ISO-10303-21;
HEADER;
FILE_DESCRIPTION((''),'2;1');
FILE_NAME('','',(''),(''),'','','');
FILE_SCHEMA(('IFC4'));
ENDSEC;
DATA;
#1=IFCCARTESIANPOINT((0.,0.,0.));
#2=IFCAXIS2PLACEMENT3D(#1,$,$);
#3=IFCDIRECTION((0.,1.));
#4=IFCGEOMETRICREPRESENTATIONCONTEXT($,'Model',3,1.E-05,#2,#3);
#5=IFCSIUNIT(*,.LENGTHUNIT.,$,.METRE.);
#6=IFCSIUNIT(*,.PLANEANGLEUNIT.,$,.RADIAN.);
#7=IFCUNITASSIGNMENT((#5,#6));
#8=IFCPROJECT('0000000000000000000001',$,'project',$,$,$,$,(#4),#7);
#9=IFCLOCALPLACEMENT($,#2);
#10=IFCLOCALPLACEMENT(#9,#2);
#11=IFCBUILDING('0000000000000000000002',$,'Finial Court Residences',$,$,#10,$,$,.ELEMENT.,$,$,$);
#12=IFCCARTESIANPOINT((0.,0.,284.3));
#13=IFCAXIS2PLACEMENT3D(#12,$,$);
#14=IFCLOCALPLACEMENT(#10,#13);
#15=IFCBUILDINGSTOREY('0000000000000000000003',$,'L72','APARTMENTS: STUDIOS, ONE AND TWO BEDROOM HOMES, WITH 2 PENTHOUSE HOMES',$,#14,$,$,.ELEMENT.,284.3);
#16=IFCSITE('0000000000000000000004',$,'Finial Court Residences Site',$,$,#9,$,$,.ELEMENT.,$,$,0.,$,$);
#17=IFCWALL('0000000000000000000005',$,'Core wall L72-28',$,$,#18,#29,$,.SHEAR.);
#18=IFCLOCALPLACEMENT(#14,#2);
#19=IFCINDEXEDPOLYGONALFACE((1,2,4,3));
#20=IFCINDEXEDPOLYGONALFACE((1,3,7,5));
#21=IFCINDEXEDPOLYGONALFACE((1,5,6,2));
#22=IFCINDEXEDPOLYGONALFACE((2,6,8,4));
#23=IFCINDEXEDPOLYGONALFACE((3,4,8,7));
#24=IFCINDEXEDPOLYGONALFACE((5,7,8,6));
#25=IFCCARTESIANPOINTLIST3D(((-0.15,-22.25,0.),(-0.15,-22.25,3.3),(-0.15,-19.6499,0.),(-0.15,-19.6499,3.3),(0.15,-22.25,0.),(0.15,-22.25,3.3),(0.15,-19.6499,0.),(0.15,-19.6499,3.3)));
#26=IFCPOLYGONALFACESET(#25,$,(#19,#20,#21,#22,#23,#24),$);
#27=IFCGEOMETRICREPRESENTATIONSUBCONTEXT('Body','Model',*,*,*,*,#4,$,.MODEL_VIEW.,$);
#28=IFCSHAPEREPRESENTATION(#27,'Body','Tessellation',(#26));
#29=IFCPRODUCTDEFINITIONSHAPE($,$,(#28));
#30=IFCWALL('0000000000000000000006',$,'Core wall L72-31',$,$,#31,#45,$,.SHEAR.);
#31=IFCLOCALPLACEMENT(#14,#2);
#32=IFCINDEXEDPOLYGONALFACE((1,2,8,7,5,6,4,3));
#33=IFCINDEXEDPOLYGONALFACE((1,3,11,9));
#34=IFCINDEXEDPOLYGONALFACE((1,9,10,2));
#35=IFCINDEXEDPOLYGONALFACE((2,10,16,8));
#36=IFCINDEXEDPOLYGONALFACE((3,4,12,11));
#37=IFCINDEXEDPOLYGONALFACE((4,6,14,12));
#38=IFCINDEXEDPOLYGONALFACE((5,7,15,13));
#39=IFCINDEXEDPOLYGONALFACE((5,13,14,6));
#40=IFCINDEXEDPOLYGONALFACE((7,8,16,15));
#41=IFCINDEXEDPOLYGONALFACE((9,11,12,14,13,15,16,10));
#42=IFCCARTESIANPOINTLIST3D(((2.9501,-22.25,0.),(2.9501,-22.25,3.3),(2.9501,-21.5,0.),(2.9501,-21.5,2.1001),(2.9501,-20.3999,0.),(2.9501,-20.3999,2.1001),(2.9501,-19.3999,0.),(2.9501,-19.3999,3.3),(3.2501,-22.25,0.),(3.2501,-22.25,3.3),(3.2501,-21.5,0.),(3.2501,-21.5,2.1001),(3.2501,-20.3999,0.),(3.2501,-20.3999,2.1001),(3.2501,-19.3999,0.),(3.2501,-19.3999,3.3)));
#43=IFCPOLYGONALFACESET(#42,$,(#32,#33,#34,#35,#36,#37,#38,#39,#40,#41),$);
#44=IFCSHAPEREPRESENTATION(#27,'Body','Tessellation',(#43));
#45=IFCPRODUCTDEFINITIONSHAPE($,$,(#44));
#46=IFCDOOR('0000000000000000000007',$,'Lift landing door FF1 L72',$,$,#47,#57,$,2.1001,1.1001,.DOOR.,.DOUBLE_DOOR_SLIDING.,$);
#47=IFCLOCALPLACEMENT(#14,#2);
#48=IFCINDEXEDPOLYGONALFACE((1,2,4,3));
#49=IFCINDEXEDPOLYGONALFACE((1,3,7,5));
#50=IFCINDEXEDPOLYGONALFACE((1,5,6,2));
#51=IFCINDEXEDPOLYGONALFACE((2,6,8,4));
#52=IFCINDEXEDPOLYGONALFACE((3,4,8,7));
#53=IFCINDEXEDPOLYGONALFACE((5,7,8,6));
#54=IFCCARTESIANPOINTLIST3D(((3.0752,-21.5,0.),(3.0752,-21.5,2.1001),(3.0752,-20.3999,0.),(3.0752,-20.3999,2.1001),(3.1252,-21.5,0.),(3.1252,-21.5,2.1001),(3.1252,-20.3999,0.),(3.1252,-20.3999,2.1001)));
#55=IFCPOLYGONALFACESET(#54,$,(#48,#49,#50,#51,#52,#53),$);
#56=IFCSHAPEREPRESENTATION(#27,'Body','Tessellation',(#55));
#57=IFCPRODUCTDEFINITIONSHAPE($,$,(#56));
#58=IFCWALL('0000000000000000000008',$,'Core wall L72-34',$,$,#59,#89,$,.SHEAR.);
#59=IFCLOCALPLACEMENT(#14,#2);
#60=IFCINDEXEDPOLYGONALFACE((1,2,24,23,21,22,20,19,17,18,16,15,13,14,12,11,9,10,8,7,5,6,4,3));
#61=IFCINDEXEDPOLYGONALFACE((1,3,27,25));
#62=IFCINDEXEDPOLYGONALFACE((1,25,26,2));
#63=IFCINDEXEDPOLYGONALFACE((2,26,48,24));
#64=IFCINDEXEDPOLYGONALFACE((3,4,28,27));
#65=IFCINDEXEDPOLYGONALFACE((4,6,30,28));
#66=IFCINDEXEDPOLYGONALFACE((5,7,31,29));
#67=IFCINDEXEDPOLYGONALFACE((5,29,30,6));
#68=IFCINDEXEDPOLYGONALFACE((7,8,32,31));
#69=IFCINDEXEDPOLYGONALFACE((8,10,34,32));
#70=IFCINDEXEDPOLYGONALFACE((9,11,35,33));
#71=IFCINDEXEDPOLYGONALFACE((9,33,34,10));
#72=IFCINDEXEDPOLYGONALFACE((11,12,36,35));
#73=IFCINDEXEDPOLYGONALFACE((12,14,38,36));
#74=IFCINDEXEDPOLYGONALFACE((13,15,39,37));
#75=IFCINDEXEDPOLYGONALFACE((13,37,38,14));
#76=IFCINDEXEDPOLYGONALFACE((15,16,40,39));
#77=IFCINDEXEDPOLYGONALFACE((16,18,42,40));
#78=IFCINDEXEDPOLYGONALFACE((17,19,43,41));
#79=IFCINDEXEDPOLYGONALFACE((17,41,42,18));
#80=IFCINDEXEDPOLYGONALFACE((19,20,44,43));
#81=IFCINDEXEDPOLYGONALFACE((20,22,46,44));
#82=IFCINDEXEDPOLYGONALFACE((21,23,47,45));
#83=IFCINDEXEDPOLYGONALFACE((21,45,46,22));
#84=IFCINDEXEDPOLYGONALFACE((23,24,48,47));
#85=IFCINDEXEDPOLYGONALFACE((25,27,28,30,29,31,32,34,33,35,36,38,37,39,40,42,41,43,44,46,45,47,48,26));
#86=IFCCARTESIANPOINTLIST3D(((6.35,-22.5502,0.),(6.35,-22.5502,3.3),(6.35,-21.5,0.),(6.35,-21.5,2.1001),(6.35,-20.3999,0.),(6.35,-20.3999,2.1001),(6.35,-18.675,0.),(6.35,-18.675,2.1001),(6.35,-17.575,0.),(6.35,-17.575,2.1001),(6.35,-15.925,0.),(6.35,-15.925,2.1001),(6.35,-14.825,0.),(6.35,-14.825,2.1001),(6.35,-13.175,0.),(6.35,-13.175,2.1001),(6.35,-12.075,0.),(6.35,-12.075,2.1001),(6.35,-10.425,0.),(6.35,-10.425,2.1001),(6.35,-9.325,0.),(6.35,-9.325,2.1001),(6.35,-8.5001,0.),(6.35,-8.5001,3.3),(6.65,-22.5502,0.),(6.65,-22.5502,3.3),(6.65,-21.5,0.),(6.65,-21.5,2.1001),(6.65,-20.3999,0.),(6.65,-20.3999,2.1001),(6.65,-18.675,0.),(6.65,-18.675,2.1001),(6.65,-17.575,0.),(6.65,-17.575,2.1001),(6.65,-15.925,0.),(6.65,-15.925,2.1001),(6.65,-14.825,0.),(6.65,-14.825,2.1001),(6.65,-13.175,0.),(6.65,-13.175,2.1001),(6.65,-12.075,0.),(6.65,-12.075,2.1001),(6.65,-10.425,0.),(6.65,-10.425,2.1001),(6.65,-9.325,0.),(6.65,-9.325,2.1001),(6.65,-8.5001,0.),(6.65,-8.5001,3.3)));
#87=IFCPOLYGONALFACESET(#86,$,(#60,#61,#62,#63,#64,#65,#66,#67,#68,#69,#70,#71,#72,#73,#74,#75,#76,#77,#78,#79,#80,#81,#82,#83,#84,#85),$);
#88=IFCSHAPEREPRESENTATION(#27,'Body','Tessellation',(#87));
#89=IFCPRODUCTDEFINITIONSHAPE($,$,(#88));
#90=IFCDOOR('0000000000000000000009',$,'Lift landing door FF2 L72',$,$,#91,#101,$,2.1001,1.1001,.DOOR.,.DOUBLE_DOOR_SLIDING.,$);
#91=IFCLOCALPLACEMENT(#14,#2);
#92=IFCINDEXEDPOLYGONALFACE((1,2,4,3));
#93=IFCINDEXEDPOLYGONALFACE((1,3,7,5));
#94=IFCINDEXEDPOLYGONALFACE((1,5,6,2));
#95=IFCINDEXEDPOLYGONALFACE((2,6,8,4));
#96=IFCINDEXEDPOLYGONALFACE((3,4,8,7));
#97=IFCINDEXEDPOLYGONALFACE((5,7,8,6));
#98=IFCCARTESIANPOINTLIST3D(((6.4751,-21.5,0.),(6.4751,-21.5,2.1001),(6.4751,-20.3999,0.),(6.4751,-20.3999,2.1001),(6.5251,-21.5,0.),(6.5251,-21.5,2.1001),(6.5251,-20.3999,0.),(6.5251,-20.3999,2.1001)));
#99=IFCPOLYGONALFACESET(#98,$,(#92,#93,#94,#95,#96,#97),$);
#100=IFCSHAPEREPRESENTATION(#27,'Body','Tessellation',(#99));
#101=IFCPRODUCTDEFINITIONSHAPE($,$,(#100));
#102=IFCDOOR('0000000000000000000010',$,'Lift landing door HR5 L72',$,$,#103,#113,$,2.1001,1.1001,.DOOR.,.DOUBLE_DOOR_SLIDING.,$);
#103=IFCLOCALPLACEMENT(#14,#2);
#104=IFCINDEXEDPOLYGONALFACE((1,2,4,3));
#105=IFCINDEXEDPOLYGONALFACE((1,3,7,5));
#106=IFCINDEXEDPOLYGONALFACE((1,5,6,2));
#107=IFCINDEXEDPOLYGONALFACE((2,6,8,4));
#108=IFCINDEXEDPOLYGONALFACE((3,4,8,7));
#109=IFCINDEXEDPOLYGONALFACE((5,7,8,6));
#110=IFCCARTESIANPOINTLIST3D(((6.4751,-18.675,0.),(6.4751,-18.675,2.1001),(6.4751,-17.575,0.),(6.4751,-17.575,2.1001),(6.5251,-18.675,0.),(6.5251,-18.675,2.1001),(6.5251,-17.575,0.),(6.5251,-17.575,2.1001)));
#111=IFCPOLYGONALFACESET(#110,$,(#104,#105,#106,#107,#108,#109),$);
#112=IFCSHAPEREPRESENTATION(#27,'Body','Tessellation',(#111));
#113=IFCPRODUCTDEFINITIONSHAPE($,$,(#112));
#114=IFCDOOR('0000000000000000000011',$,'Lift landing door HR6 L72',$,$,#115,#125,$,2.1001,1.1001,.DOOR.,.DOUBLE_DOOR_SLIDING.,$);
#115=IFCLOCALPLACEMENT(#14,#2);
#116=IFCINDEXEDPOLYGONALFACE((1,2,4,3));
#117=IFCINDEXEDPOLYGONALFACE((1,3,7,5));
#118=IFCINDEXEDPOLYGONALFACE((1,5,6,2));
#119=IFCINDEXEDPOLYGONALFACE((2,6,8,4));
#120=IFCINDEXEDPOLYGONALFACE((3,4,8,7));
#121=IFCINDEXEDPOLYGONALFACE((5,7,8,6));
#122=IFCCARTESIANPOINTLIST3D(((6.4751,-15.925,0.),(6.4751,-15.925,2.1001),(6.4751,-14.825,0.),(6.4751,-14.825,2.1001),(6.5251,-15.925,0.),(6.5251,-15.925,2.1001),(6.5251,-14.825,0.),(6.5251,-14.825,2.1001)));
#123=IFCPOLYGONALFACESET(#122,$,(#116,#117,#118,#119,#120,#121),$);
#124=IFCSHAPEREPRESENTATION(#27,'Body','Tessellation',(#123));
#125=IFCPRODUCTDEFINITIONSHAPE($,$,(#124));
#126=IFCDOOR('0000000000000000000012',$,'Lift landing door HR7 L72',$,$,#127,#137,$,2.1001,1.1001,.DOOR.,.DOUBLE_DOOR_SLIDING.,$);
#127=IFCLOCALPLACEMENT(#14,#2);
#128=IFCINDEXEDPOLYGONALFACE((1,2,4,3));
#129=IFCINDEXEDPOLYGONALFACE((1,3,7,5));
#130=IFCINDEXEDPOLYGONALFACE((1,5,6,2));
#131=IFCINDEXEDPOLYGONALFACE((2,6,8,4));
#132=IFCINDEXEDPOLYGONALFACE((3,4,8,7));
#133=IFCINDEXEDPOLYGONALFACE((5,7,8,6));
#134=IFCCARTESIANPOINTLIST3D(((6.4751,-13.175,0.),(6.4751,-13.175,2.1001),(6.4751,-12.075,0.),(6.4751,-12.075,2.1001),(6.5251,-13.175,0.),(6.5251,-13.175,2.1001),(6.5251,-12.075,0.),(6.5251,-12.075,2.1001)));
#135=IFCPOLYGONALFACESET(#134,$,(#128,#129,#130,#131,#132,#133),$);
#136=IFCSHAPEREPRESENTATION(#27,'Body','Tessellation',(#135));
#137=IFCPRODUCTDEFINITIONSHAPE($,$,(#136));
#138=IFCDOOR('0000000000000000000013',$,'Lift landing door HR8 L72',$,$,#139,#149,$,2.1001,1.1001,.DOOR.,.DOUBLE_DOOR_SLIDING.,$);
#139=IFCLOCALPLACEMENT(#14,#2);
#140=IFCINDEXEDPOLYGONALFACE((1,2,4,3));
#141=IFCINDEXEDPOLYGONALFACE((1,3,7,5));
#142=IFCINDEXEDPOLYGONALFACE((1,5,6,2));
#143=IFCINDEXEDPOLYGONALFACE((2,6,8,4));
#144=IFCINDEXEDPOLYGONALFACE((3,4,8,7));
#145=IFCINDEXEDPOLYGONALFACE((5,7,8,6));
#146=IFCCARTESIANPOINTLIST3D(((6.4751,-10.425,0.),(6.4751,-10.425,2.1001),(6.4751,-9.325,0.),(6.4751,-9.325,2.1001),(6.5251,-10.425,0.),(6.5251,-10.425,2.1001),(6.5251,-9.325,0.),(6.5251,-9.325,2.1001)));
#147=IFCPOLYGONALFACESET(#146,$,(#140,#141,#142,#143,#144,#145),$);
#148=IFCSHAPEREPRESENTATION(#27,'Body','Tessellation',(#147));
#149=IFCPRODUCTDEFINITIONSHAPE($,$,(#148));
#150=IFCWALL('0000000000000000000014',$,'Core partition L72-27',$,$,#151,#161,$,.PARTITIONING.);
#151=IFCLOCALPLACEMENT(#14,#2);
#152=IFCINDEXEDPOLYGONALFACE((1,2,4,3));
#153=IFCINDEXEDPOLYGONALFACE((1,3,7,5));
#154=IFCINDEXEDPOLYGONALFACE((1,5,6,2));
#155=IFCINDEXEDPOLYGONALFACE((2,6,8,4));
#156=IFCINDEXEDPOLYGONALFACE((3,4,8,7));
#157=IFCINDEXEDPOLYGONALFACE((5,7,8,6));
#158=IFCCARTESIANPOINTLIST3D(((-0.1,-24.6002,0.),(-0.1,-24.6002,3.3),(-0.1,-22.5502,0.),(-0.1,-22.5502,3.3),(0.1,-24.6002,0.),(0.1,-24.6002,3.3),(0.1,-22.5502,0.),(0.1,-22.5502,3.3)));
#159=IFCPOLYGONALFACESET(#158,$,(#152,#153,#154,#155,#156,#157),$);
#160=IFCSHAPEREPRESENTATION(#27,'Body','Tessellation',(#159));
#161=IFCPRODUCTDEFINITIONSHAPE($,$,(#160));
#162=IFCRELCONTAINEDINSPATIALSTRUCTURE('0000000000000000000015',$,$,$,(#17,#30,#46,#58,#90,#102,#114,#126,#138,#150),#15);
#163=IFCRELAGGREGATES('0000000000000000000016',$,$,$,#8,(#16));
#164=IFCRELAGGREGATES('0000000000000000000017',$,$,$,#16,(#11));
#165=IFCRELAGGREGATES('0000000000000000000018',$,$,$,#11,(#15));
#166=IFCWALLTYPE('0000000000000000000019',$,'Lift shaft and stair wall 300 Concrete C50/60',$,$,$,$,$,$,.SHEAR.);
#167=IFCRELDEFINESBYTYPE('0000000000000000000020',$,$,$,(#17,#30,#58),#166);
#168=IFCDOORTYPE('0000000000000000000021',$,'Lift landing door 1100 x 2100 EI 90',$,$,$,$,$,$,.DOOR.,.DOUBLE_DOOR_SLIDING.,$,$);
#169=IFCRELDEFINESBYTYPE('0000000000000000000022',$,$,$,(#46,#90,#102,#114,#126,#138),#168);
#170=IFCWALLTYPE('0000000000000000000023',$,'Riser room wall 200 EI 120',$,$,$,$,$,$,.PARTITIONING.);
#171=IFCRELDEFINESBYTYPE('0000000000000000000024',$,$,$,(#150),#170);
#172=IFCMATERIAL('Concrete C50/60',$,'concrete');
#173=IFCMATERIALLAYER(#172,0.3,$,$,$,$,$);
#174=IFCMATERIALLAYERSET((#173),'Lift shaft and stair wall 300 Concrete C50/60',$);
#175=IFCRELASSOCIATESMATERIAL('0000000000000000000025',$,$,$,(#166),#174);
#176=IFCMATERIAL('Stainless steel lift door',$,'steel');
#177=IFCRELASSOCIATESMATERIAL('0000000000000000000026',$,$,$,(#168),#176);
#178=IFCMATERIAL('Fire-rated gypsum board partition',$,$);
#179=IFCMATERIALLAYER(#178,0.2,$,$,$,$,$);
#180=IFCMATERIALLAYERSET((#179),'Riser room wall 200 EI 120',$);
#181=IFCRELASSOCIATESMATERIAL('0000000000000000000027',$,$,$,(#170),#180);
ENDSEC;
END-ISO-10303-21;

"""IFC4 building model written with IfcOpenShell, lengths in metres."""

from ifc_helpers import new_model, si_unit, direction, frame, frame_2d, origin, place, context, subcontext, project, spatial, rectangle, extrude, material, layer, layer_set, type_object, element, fill, save


model = new_model("IFC4")

# Units and contexts
model_context = context("Model", 3, precision=1e-05, world=origin(), true_north=direction((0.0, 1.0)))
body_context = subcontext(model_context, "Body", "Model", "MODEL_VIEW")
ifc_project = project(units=[si_unit("LENGTHUNIT", "METRE"), si_unit("PLANEANGLEUNIT", "RADIAN")], contexts=[model_context])

# Site, building, storey
site_placement = place(None, origin())
site = spatial("IfcSite", under=ifc_project, at=site_placement, Name="Finial Court Residences Site", CompositionType="ELEMENT", RefElevation=0.0)
building_placement = place(site_placement, origin())
building = spatial("IfcBuilding", under=site, at=building_placement, Name="Finial Court Residences", CompositionType="ELEMENT")
storey_placement = place(building_placement, frame((0.0, 0.0, 284.3)))
storey = spatial("IfcBuildingStorey", under=building, at=storey_placement, Name="L72", Description="APARTMENTS: STUDIOS, ONE AND TWO BEDROOM HOMES, WITH 2 PENTHOUSE HOMES", CompositionType="ELEMENT", Elevation=284.3)

# Shared definitions
ifc_material_1 = material(Name="Fire-rated gypsum board partition")

# Wall
ifc_material_2 = material(Name="Concrete C50/60", Category="concrete")
ifc_layer_1 = layer(ifc_material_2, 0.3)
ifc_layer_set_1 = layer_set([ifc_layer_1], Name="Lift shaft and stair wall 300 Concrete C50/60")
wall_type_1 = type_object("IfcWallType", Name="Lift shaft and stair wall 300 Concrete C50/60", PredefinedType="SHEAR", material=ifc_layer_set_1)
wall_1_placement = place(storey_placement, frame((0.0, -22.25, 0.0), z_axis=(0.0, 0.0, 1.0), x_axis=(0.0, 1.0, 0.0)))
element("IfcWall", 1, at=wall_1_placement, inside=storey, type_object=wall_type_1, Name="Core wall L72-28", PredefinedType="SHEAR", context=body_context, shape_type="SweptSolid", body=[
    extrude(rectangle(XDim=2.6001, YDim=0.3, at=frame_2d((1.3, 0.0))), origin(), (0.0, 0.0, 1.0), 3.3),
])

# Wall, opening, door
wall_2_placement = place(storey_placement, frame((3.1001, -22.25, 0.0), z_axis=(0.0, 0.0, 1.0), x_axis=(0.0, 1.0, 0.0)))
wall_2 = element("IfcWall", 2, at=wall_2_placement, inside=storey, type_object=wall_type_1, Name="Core wall L72-31", PredefinedType="SHEAR", context=body_context, shape_type="SweptSolid", body=[
    extrude(rectangle(XDim=2.8501, YDim=0.3, at=frame_2d((1.425, 0.0))), origin(), (0.0, 0.0, 1.0), 3.3),
])
opening_1_placement = place(wall_2_placement, frame((0.75, 0.0, 0.0)))
opening_1 = element("IfcOpeningElement", 3, at=opening_1_placement, cuts=wall_2, PredefinedType="OPENING", context=body_context, shape_type="SweptSolid", body=[
    extrude(rectangle(XDim=1.1001, YDim=2.1001, at=frame_2d((0.55, 1.05))), frame((0.0, 0.1599, 0.0), z_axis=(0.0, -1.0, 0.0), x_axis=(1.0, 0.0, 0.0)), (0.0, 0.0, 1.0), 0.3201),
])
ifc_material_3 = material(Name="Stainless steel lift door", Category="steel")
door_type_1 = type_object("IfcDoorType", Name="Lift landing door 1100 x 2100 EI 90", OperationType="DOUBLE_DOOR_SLIDING", PredefinedType="DOOR", material=ifc_material_3)
door_1_placement = place(opening_1_placement, origin())
door_1 = element("IfcDoor", 4, at=door_1_placement, inside=storey, type_object=door_type_1, Name="Lift landing door FF1 L72", OperationType="DOUBLE_DOOR_SLIDING", OverallHeight=2.1001, OverallWidth=1.1001, PredefinedType="DOOR", context=body_context, shape_type="SweptSolid", body=[
    extrude(rectangle(XDim=1.1001, YDim=2.1001, at=frame_2d((0.55, 1.05))), frame((0.0, 0.0249, 0.0), z_axis=(0.0, -1.0, 0.0), x_axis=(1.0, 0.0, 0.0)), (0.0, 0.0, 1.0), 0.05),
])
fill(opening_1, door_1)

# Wall, openings, doors
wall_3_placement = place(storey_placement, frame((6.5, -22.55, 0.0), z_axis=(0.0, 0.0, 1.0), x_axis=(0.0, 1.0, 0.0)))
wall_3 = element("IfcWall", 5, at=wall_3_placement, inside=storey, type_object=wall_type_1, Name="Core wall L72-34", PredefinedType="SHEAR", context=body_context, shape_type="SweptSolid", body=[
    extrude(rectangle(XDim=14.05, YDim=0.3, at=frame_2d((7.0249, 0.0))), origin(), (0.0, 0.0, 1.0), 3.3),
])
opening_2_placement = place(wall_3_placement, frame((1.05, 0.0, 0.0)))
opening_2 = element("IfcOpeningElement", 6, at=opening_2_placement, cuts=wall_3, PredefinedType="OPENING", context=body_context, shape_type="SweptSolid", body=[
    extrude(rectangle(XDim=1.1001, YDim=2.1001, at=frame_2d((0.55, 1.05))), frame((0.0, 0.1599, 0.0), z_axis=(0.0, -1.0, 0.0), x_axis=(1.0, 0.0, 0.0)), (0.0, 0.0, 1.0), 0.3201),
])
opening_3_placement = place(wall_3_placement, frame((3.875, 0.0, 0.0)))
opening_3 = element("IfcOpeningElement", 7, at=opening_3_placement, cuts=wall_3, PredefinedType="OPENING", context=body_context, shape_type="SweptSolid", body=[
    extrude(rectangle(XDim=1.1001, YDim=2.1001, at=frame_2d((0.55, 1.05))), frame((0.0, 0.1599, 0.0), z_axis=(0.0, -1.0, 0.0), x_axis=(1.0, 0.0, 0.0)), (0.0, 0.0, 1.0), 0.3201),
])
opening_4_placement = place(wall_3_placement, frame((6.625, 0.0, 0.0)))
opening_4 = element("IfcOpeningElement", 8, at=opening_4_placement, cuts=wall_3, PredefinedType="OPENING", context=body_context, shape_type="SweptSolid", body=[
    extrude(rectangle(XDim=1.1001, YDim=2.1001, at=frame_2d((0.55, 1.05))), frame((0.0, 0.1599, 0.0), z_axis=(0.0, -1.0, 0.0), x_axis=(1.0, 0.0, 0.0)), (0.0, 0.0, 1.0), 0.3201),
])
opening_5_placement = place(wall_3_placement, frame((9.375, 0.0, 0.0)))
opening_5 = element("IfcOpeningElement", 9, at=opening_5_placement, cuts=wall_3, PredefinedType="OPENING", context=body_context, shape_type="SweptSolid", body=[
    extrude(rectangle(XDim=1.1001, YDim=2.1001, at=frame_2d((0.55, 1.05))), frame((0.0, 0.1599, 0.0), z_axis=(0.0, -1.0, 0.0), x_axis=(1.0, 0.0, 0.0)), (0.0, 0.0, 1.0), 0.3201),
])
opening_6_placement = place(wall_3_placement, frame((12.125, 0.0, 0.0)))
opening_6 = element("IfcOpeningElement", 10, at=opening_6_placement, cuts=wall_3, PredefinedType="OPENING", context=body_context, shape_type="SweptSolid", body=[
    extrude(rectangle(XDim=1.1001, YDim=2.1001, at=frame_2d((0.55, 1.05))), frame((0.0, 0.1599, 0.0), z_axis=(0.0, -1.0, 0.0), x_axis=(1.0, 0.0, 0.0)), (0.0, 0.0, 1.0), 0.3201),
])
door_2_placement = place(opening_2_placement, origin())
door_2 = element("IfcDoor", 11, at=door_2_placement, inside=storey, type_object=door_type_1, Name="Lift landing door FF2 L72", OperationType="DOUBLE_DOOR_SLIDING", OverallHeight=2.1001, OverallWidth=1.1001, PredefinedType="DOOR", context=body_context, shape_type="SweptSolid", body=[
    extrude(rectangle(XDim=1.1001, YDim=2.1001, at=frame_2d((0.55, 1.05))), frame((0.0, 0.0249, 0.0), z_axis=(0.0, -1.0, 0.0), x_axis=(1.0, 0.0, 0.0)), (0.0, 0.0, 1.0), 0.05),
])
fill(opening_2, door_2)
door_3_placement = place(opening_3_placement, origin())
door_3 = element("IfcDoor", 12, at=door_3_placement, inside=storey, type_object=door_type_1, Name="Lift landing door HR5 L72", OperationType="DOUBLE_DOOR_SLIDING", OverallHeight=2.1001, OverallWidth=1.1001, PredefinedType="DOOR", context=body_context, shape_type="SweptSolid", body=[
    extrude(rectangle(XDim=1.1001, YDim=2.1001, at=frame_2d((0.55, 1.05))), frame((0.0, 0.0249, 0.0), z_axis=(0.0, -1.0, 0.0), x_axis=(1.0, 0.0, 0.0)), (0.0, 0.0, 1.0), 0.05),
])
fill(opening_3, door_3)
door_4_placement = place(opening_4_placement, origin())
door_4 = element("IfcDoor", 13, at=door_4_placement, inside=storey, type_object=door_type_1, Name="Lift landing door HR6 L72", OperationType="DOUBLE_DOOR_SLIDING", OverallHeight=2.1001, OverallWidth=1.1001, PredefinedType="DOOR", context=body_context, shape_type="SweptSolid", body=[
    extrude(rectangle(XDim=1.1001, YDim=2.1001, at=frame_2d((0.55, 1.05))), frame((0.0, 0.0249, 0.0), z_axis=(0.0, -1.0, 0.0), x_axis=(1.0, 0.0, 0.0)), (0.0, 0.0, 1.0), 0.05),
])
fill(opening_4, door_4)
door_5_placement = place(opening_5_placement, origin())
door_5 = element("IfcDoor", 14, at=door_5_placement, inside=storey, type_object=door_type_1, Name="Lift landing door HR7 L72", OperationType="DOUBLE_DOOR_SLIDING", OverallHeight=2.1001, OverallWidth=1.1001, PredefinedType="DOOR", context=body_context, shape_type="SweptSolid", body=[
    extrude(rectangle(XDim=1.1001, YDim=2.1001, at=frame_2d((0.55, 1.05))), frame((0.0, 0.0249, 0.0), z_axis=(0.0, -1.0, 0.0), x_axis=(1.0, 0.0, 0.0)), (0.0, 0.0, 1.0), 0.05),
])
fill(opening_5, door_5)
door_6_placement = place(opening_6_placement, origin())
door_6 = element("IfcDoor", 15, at=door_6_placement, inside=storey, type_object=door_type_1, Name="Lift landing door HR8 L72", OperationType="DOUBLE_DOOR_SLIDING", OverallHeight=2.1001, OverallWidth=1.1001, PredefinedType="DOOR", context=body_context, shape_type="SweptSolid", body=[
    extrude(rectangle(XDim=1.1001, YDim=2.1001, at=frame_2d((0.55, 1.05))), frame((0.0, 0.0249, 0.0), z_axis=(0.0, -1.0, 0.0), x_axis=(1.0, 0.0, 0.0)), (0.0, 0.0, 1.0), 0.05),
])
fill(opening_6, door_6)

# Wall
ifc_layer_2 = layer(ifc_material_1, 0.2)
ifc_layer_set_2 = layer_set([ifc_layer_2], Name="Riser room wall 200 EI 120")
wall_type_2 = type_object("IfcWallType", Name="Riser room wall 200 EI 120", PredefinedType="PARTITIONING", material=ifc_layer_set_2)
wall_4_placement = place(storey_placement, frame((0.0, -24.6001, 0.0), z_axis=(0.0, 0.0, 1.0), x_axis=(0.0, 1.0, 0.0)))
element("IfcWall", 16, at=wall_4_placement, inside=storey, type_object=wall_type_2, Name="Core partition L72-27", PredefinedType="PARTITIONING", context=body_context, shape_type="SweptSolid", body=[
    extrude(rectangle(XDim=2.05, YDim=0.2, at=frame_2d((1.0249, 0.0))), origin(), (0.0, 0.0, 1.0), 3.3),
])

save(model, "model.ifc")
